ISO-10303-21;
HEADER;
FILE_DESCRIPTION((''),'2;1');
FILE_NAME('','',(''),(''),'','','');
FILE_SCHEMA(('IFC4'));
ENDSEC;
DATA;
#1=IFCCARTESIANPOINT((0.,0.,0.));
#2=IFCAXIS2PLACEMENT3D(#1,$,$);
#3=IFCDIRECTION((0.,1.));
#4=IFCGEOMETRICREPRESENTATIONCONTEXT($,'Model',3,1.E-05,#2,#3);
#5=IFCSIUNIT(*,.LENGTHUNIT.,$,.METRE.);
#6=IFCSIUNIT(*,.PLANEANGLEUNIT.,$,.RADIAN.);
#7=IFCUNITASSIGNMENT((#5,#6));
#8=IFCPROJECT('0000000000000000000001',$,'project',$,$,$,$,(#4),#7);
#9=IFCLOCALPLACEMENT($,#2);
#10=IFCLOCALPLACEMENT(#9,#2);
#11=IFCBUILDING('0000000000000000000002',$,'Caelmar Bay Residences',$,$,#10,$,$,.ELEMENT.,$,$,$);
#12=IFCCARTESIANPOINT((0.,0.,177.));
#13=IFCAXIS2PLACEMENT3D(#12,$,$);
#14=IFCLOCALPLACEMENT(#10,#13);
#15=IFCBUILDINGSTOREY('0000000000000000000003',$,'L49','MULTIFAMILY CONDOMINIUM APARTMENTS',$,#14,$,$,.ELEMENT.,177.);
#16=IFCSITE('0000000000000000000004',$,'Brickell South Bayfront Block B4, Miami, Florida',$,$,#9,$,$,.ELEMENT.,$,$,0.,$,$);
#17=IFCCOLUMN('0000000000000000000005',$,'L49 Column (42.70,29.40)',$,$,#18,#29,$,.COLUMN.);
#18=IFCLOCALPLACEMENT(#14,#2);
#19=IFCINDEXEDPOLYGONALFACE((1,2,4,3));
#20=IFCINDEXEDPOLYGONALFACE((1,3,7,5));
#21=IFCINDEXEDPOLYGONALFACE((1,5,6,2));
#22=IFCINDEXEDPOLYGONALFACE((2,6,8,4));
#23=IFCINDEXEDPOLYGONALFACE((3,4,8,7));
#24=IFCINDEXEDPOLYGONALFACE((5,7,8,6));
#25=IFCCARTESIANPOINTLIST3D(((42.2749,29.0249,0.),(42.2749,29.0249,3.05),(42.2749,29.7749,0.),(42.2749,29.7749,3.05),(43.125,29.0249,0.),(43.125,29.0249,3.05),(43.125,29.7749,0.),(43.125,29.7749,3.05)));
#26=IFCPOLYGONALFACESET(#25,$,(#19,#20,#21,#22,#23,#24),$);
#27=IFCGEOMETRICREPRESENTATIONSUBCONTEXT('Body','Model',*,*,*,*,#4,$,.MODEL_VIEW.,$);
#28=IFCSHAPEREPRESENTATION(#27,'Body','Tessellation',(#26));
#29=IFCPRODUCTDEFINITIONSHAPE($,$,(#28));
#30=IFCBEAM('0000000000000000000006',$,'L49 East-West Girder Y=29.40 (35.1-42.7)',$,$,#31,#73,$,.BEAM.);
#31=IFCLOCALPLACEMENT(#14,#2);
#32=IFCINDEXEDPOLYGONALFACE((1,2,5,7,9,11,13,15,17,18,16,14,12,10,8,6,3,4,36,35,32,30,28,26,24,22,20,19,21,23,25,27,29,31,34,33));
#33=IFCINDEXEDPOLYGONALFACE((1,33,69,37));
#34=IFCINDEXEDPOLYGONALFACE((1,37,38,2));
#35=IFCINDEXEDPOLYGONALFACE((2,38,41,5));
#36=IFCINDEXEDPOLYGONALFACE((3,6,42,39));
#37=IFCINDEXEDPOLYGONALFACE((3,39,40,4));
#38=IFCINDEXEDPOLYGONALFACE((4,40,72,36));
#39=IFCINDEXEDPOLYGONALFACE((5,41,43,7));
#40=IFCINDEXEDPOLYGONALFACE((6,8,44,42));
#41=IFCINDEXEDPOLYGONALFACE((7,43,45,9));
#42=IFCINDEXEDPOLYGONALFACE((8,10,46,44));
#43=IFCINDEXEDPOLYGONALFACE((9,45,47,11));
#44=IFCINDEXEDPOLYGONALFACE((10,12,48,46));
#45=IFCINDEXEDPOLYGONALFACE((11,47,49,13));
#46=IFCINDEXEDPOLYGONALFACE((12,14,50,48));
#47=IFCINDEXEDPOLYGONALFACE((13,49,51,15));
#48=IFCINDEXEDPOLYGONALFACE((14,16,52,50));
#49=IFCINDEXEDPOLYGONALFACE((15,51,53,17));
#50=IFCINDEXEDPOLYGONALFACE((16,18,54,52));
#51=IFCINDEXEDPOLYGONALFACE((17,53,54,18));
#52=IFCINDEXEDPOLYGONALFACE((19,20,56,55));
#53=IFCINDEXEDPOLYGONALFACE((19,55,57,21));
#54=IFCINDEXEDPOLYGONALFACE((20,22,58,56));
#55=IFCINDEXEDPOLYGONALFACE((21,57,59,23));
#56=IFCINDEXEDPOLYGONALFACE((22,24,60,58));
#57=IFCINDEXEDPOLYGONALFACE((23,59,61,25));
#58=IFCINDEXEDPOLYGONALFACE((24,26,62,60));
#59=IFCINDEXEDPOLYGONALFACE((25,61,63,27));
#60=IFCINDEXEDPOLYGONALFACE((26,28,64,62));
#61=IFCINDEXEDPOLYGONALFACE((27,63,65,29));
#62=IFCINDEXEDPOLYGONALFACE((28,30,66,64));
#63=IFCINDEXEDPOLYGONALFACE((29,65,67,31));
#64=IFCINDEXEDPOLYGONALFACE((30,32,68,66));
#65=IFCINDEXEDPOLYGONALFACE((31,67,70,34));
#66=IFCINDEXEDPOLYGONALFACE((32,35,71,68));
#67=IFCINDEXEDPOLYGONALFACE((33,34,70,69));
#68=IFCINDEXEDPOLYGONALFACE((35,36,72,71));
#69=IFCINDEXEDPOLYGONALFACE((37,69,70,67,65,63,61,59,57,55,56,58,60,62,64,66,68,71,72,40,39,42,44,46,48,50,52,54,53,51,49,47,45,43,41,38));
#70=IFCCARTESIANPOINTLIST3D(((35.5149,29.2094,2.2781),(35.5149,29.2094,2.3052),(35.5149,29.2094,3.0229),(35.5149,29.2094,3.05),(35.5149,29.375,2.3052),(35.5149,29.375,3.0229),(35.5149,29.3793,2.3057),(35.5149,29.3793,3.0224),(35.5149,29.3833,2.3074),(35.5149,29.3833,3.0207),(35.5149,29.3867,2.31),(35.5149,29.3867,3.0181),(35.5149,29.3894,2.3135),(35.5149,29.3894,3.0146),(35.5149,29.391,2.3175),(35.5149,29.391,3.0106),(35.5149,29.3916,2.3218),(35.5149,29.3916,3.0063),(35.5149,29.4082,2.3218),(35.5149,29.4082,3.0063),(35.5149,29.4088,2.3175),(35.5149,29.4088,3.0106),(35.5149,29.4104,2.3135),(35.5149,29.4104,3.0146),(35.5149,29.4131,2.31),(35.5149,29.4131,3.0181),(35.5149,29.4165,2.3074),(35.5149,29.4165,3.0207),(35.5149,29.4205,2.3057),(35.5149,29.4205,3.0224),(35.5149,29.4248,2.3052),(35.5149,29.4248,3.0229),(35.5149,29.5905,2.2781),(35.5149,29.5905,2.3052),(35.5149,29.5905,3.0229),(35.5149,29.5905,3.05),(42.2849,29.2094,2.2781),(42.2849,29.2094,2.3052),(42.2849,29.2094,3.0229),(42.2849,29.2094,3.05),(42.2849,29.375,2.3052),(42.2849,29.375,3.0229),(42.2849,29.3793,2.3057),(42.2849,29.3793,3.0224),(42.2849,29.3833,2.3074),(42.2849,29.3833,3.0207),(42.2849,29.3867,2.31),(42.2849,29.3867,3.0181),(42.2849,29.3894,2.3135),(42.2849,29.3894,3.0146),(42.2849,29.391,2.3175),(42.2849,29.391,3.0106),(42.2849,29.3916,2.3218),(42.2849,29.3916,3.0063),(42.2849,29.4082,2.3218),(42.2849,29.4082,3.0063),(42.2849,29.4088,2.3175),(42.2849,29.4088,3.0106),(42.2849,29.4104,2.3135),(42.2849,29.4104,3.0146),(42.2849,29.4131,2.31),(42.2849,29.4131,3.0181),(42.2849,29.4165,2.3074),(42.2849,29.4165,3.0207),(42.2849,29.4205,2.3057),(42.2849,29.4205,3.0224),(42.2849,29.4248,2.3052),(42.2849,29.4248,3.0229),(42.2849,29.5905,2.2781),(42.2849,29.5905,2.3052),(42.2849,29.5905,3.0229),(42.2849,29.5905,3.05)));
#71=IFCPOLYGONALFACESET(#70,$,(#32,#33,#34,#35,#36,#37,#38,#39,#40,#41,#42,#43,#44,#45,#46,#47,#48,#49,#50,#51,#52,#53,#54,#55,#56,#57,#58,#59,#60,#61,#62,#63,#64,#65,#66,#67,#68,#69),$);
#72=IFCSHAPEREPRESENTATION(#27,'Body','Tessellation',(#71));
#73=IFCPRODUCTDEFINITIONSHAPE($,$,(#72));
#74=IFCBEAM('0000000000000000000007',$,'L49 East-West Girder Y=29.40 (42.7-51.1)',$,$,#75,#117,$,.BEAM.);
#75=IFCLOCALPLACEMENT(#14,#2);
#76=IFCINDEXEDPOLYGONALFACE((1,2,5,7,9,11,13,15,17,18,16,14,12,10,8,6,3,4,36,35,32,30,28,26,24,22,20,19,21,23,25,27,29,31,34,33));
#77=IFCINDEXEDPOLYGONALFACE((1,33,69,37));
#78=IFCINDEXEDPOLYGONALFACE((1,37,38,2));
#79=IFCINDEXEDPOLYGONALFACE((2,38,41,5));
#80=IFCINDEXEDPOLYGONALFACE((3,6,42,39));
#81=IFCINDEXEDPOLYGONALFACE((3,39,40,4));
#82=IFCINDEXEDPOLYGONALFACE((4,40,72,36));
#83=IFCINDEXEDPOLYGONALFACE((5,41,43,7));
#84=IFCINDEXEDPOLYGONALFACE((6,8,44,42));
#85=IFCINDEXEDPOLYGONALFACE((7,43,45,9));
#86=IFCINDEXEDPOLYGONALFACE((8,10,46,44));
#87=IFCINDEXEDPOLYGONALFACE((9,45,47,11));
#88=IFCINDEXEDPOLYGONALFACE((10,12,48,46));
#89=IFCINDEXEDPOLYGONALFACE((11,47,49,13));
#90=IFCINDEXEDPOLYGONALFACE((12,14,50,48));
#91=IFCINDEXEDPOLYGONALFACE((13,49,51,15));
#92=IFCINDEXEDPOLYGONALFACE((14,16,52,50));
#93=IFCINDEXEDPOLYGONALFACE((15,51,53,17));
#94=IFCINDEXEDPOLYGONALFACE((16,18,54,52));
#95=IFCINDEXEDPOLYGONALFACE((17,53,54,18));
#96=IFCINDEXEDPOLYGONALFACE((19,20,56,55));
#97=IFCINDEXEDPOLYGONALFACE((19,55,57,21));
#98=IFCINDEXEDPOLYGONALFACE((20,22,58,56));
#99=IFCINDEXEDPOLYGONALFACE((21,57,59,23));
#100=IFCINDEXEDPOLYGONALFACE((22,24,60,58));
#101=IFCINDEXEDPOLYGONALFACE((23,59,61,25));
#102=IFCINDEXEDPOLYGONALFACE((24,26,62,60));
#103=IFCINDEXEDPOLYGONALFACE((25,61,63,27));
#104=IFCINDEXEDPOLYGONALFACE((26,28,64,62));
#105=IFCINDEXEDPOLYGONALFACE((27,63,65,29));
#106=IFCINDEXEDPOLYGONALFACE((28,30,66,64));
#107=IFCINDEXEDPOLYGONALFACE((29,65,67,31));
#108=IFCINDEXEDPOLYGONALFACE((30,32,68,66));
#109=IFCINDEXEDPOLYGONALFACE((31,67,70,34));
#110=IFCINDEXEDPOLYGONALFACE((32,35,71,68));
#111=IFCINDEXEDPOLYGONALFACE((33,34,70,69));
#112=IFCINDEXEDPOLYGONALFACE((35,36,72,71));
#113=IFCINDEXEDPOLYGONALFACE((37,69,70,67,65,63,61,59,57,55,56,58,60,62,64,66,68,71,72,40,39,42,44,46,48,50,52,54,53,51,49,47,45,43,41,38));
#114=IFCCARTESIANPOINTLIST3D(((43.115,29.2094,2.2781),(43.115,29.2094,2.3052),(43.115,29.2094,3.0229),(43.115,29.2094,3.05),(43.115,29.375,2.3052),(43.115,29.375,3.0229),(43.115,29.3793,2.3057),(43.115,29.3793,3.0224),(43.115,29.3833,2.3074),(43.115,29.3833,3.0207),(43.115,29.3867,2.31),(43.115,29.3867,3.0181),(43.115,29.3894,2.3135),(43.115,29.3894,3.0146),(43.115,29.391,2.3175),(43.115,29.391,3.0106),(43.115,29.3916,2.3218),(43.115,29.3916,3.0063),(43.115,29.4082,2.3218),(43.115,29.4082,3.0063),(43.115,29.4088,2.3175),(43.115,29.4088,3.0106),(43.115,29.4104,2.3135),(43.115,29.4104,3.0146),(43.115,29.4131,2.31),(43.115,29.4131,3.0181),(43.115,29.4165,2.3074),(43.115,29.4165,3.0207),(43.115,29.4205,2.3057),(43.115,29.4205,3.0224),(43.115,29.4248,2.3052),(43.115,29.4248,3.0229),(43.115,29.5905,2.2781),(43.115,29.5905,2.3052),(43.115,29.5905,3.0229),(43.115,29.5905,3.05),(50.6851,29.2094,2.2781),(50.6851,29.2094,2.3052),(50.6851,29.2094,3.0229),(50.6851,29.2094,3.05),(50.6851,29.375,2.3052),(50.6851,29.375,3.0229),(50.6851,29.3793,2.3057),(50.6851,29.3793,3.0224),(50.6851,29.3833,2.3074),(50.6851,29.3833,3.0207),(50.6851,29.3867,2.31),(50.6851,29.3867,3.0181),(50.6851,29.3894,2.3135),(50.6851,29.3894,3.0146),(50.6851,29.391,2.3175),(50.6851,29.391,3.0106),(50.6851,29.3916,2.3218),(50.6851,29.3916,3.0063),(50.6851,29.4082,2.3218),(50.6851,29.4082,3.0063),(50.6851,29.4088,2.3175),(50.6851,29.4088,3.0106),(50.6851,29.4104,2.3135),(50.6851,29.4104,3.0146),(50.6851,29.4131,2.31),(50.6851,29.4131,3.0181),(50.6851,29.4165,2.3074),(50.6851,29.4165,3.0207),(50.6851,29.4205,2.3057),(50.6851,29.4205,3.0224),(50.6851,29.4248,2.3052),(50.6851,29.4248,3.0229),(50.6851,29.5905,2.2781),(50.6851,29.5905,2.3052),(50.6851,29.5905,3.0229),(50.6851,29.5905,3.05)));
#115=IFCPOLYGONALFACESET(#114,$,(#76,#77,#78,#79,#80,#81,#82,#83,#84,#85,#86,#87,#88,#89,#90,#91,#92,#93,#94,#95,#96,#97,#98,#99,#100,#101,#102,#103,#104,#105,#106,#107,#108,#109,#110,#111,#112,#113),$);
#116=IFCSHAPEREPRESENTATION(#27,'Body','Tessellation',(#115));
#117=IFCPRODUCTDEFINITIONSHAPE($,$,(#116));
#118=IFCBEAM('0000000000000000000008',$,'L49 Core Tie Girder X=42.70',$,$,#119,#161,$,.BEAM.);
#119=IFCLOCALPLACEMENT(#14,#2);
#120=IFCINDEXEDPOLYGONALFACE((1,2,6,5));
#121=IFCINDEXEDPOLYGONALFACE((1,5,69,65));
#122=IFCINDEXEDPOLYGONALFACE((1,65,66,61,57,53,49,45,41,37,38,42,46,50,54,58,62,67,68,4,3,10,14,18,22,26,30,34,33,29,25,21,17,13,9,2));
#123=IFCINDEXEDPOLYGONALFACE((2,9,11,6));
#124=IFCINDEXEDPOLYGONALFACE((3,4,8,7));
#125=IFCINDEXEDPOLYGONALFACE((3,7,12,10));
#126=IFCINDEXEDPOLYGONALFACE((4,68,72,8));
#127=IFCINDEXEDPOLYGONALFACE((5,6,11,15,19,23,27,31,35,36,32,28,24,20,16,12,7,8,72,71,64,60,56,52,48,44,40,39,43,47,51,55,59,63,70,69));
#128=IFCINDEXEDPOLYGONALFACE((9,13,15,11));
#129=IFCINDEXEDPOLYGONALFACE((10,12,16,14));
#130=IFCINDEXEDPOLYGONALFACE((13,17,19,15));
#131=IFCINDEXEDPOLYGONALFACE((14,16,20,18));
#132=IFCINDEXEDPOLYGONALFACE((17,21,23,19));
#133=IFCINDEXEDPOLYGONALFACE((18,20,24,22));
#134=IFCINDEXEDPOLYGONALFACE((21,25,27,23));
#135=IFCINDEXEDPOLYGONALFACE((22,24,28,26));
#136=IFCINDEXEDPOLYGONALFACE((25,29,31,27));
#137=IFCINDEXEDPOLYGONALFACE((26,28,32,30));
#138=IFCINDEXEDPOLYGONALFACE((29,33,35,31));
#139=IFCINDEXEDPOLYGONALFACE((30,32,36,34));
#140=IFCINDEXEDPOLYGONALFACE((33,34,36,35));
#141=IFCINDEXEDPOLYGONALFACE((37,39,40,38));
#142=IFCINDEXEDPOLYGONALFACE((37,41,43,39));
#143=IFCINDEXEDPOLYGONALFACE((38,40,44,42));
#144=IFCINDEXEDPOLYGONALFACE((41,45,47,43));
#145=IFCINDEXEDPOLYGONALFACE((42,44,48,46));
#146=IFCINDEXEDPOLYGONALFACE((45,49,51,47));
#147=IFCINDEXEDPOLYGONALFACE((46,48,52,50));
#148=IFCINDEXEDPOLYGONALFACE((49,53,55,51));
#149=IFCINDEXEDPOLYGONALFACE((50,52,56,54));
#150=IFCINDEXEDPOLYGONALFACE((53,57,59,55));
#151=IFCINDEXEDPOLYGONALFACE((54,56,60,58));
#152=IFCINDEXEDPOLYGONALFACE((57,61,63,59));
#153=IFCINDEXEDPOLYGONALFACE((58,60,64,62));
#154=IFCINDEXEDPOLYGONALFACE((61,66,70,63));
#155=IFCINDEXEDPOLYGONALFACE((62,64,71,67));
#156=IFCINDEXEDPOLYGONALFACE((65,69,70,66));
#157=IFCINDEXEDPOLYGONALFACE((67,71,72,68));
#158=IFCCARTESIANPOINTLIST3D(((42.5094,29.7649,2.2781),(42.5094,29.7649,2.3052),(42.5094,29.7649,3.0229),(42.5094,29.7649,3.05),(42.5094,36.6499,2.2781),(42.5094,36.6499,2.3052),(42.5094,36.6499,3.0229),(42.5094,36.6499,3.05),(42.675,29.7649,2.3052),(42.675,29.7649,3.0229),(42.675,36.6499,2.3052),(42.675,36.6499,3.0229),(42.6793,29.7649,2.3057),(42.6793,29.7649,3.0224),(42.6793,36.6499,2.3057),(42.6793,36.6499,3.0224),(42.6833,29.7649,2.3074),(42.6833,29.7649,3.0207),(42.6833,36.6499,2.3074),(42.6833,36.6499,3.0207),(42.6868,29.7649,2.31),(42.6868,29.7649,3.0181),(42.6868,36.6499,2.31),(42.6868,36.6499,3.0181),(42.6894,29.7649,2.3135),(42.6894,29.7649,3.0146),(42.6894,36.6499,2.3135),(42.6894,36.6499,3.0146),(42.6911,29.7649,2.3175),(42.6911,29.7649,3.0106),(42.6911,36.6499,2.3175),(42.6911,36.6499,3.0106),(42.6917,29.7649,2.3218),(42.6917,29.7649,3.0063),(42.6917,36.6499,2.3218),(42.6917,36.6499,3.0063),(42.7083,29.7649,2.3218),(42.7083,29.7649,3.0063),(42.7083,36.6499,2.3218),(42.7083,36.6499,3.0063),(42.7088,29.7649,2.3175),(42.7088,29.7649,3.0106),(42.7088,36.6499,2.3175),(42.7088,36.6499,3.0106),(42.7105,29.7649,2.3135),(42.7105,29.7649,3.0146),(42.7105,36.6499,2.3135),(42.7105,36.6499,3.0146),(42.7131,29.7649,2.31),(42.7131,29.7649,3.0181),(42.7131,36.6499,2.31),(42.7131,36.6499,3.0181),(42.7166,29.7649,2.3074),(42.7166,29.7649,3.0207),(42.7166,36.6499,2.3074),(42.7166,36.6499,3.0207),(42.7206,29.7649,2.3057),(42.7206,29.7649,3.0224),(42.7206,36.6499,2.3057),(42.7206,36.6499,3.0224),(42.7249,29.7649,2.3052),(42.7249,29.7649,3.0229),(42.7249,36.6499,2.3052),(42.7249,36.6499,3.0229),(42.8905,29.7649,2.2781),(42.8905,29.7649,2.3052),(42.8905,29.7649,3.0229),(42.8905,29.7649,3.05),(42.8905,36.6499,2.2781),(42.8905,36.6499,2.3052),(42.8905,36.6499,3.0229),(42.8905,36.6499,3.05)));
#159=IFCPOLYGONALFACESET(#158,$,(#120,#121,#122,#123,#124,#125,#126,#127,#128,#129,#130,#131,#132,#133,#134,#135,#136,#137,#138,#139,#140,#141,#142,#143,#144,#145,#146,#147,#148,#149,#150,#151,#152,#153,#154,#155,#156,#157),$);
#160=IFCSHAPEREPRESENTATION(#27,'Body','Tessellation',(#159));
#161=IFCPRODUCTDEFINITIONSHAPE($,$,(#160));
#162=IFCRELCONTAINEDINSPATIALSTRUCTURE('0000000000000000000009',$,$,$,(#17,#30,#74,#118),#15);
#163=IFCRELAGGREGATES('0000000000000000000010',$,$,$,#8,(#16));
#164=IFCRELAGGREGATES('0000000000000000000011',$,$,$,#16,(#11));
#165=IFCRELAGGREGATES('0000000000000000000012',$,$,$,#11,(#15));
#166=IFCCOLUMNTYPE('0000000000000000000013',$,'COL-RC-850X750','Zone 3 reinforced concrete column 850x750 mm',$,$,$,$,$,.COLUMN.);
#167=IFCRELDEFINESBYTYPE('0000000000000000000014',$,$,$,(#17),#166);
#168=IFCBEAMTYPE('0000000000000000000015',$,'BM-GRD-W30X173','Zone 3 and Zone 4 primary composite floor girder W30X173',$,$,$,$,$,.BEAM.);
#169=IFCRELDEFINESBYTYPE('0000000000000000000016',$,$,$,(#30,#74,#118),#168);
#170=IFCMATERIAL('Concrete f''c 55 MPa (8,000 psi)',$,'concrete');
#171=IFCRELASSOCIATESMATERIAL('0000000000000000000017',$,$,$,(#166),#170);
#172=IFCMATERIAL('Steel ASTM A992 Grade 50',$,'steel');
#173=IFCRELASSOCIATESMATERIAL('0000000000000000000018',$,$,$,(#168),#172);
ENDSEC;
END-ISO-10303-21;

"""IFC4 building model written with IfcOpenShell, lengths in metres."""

from ifc_helpers import new_model, si_unit, direction, frame, origin, origin_2d, place, context, subcontext, project, spatial, rectangle, i_section, extrude, material, material_profile, profile_set, type_object, element, save


model = new_model("IFC4")

# Units and contexts
model_context = context("Model", 3, precision=1e-05, world=origin(), true_north=direction((0.0, 1.0)))
body_context = subcontext(model_context, "Body", "Model", "MODEL_VIEW")
ifc_project = project(units=[si_unit("LENGTHUNIT", "METRE"), si_unit("PLANEANGLEUNIT", "RADIAN")], contexts=[model_context])

# Site, building, storey
site_placement = place(None, origin())
site = spatial("IfcSite", under=ifc_project, at=site_placement, Name="Brickell South Bayfront Block B4, Miami, Florida", CompositionType="ELEMENT", RefElevation=0.0)
building_placement = place(site_placement, origin())
building = spatial("IfcBuilding", under=site, at=building_placement, Name="Caelmar Bay Residences", CompositionType="ELEMENT")
storey_placement = place(building_placement, frame((0.0, 0.0, 177.0)))
storey = spatial("IfcBuildingStorey", under=building, at=storey_placement, Name="L49", Description="MULTIFAMILY CONDOMINIUM APARTMENTS", CompositionType="ELEMENT", Elevation=177.0)

# Column
ifc_material_1 = material(Name="Concrete f'c 55 MPa (8,000 psi)", Category="concrete")
ifc_material_profile_1 = material_profile(ifc_material_1, rectangle(XDim=0.8501, YDim=0.75, at=origin_2d()), Name="RC-COL-850X750")
ifc_profile_set_1 = profile_set([ifc_material_profile_1], Name="Concrete f'c 55 MPa (8,000 psi)")
column_type = type_object("IfcColumnType", Name="COL-RC-850X750", Description="Zone 3 reinforced concrete column 850x750 mm", PredefinedType="COLUMN", material=ifc_profile_set_1)
column_placement = place(storey_placement, frame((42.7, 29.3999, 0.0), z_axis=(0.0, 0.0, 1.0), x_axis=(1.0, 0.0, 0.0)))
element("IfcColumn", 1, at=column_placement, inside=storey, type_object=column_type, Name="L49 Column (42.70,29.40)", PredefinedType="COLUMN", context=body_context, shape_type="SweptSolid", body=[
    extrude(rectangle(XDim=0.8501, YDim=0.75, at=origin_2d()), origin(), (0.0, 0.0, 1.0), 3.05),
])

# Beams
ifc_material_2 = material(Name="Steel ASTM A992 Grade 50", Category="steel")
ifc_material_profile_2 = material_profile(ifc_material_2, i_section(OverallWidth=0.3811, OverallDepth=0.772, WebThickness=0.0166, FlangeThickness=0.0271, FilletRadius=0.0166, at=origin_2d()), Name="W30X173")
ifc_profile_set_2 = profile_set([ifc_material_profile_2], Name="Steel ASTM A992 Grade 50")
beam_type_1 = type_object("IfcBeamType", Name="BM-GRD-W30X173", Description="Zone 3 and Zone 4 primary composite floor girder W30X173", PredefinedType="BEAM", material=ifc_profile_set_2)
beam_1_placement = place(storey_placement, frame((35.5149, 29.3999, 2.6641), z_axis=(1.0, 0.0, 0.0), x_axis=(0.0, 1.0, 0.0)))
element("IfcBeam", 2, at=beam_1_placement, inside=storey, type_object=beam_type_1, Name="L49 East-West Girder Y=29.40 (35.1-42.7)", PredefinedType="BEAM", context=body_context, shape_type="SweptSolid", body=[
    extrude(i_section(OverallWidth=0.3811, OverallDepth=0.772, WebThickness=0.0166, FlangeThickness=0.0271, FilletRadius=0.0166, at=origin_2d()), origin(), (0.0, 0.0, 1.0), 6.77),
])
beam_2_placement = place(storey_placement, frame((43.115, 29.3999, 2.6641), z_axis=(1.0, 0.0, 0.0), x_axis=(0.0, 1.0, 0.0)))
element("IfcBeam", 3, at=beam_2_placement, inside=storey, type_object=beam_type_1, Name="L49 East-West Girder Y=29.40 (42.7-51.1)", PredefinedType="BEAM", context=body_context, shape_type="SweptSolid", body=[
    extrude(i_section(OverallWidth=0.3811, OverallDepth=0.772, WebThickness=0.0166, FlangeThickness=0.0271, FilletRadius=0.0166, at=origin_2d()), origin(), (0.0, 0.0, 1.0), 7.5701),
])
beam_3_placement = place(storey_placement, frame((42.7, 29.7649, 2.6641), z_axis=(0.0, 1.0, 0.0), x_axis=(-1.0, 0.0, 0.0)))
element("IfcBeam", 4, at=beam_3_placement, inside=storey, type_object=beam_type_1, Name="L49 Core Tie Girder X=42.70", PredefinedType="BEAM", context=body_context, shape_type="SweptSolid", body=[
    extrude(i_section(OverallWidth=0.3811, OverallDepth=0.772, WebThickness=0.0166, FlangeThickness=0.0271, FilletRadius=0.0166, at=origin_2d()), origin(), (0.0, 0.0, 1.0), 6.885),
])

save(model, "model.ifc")
